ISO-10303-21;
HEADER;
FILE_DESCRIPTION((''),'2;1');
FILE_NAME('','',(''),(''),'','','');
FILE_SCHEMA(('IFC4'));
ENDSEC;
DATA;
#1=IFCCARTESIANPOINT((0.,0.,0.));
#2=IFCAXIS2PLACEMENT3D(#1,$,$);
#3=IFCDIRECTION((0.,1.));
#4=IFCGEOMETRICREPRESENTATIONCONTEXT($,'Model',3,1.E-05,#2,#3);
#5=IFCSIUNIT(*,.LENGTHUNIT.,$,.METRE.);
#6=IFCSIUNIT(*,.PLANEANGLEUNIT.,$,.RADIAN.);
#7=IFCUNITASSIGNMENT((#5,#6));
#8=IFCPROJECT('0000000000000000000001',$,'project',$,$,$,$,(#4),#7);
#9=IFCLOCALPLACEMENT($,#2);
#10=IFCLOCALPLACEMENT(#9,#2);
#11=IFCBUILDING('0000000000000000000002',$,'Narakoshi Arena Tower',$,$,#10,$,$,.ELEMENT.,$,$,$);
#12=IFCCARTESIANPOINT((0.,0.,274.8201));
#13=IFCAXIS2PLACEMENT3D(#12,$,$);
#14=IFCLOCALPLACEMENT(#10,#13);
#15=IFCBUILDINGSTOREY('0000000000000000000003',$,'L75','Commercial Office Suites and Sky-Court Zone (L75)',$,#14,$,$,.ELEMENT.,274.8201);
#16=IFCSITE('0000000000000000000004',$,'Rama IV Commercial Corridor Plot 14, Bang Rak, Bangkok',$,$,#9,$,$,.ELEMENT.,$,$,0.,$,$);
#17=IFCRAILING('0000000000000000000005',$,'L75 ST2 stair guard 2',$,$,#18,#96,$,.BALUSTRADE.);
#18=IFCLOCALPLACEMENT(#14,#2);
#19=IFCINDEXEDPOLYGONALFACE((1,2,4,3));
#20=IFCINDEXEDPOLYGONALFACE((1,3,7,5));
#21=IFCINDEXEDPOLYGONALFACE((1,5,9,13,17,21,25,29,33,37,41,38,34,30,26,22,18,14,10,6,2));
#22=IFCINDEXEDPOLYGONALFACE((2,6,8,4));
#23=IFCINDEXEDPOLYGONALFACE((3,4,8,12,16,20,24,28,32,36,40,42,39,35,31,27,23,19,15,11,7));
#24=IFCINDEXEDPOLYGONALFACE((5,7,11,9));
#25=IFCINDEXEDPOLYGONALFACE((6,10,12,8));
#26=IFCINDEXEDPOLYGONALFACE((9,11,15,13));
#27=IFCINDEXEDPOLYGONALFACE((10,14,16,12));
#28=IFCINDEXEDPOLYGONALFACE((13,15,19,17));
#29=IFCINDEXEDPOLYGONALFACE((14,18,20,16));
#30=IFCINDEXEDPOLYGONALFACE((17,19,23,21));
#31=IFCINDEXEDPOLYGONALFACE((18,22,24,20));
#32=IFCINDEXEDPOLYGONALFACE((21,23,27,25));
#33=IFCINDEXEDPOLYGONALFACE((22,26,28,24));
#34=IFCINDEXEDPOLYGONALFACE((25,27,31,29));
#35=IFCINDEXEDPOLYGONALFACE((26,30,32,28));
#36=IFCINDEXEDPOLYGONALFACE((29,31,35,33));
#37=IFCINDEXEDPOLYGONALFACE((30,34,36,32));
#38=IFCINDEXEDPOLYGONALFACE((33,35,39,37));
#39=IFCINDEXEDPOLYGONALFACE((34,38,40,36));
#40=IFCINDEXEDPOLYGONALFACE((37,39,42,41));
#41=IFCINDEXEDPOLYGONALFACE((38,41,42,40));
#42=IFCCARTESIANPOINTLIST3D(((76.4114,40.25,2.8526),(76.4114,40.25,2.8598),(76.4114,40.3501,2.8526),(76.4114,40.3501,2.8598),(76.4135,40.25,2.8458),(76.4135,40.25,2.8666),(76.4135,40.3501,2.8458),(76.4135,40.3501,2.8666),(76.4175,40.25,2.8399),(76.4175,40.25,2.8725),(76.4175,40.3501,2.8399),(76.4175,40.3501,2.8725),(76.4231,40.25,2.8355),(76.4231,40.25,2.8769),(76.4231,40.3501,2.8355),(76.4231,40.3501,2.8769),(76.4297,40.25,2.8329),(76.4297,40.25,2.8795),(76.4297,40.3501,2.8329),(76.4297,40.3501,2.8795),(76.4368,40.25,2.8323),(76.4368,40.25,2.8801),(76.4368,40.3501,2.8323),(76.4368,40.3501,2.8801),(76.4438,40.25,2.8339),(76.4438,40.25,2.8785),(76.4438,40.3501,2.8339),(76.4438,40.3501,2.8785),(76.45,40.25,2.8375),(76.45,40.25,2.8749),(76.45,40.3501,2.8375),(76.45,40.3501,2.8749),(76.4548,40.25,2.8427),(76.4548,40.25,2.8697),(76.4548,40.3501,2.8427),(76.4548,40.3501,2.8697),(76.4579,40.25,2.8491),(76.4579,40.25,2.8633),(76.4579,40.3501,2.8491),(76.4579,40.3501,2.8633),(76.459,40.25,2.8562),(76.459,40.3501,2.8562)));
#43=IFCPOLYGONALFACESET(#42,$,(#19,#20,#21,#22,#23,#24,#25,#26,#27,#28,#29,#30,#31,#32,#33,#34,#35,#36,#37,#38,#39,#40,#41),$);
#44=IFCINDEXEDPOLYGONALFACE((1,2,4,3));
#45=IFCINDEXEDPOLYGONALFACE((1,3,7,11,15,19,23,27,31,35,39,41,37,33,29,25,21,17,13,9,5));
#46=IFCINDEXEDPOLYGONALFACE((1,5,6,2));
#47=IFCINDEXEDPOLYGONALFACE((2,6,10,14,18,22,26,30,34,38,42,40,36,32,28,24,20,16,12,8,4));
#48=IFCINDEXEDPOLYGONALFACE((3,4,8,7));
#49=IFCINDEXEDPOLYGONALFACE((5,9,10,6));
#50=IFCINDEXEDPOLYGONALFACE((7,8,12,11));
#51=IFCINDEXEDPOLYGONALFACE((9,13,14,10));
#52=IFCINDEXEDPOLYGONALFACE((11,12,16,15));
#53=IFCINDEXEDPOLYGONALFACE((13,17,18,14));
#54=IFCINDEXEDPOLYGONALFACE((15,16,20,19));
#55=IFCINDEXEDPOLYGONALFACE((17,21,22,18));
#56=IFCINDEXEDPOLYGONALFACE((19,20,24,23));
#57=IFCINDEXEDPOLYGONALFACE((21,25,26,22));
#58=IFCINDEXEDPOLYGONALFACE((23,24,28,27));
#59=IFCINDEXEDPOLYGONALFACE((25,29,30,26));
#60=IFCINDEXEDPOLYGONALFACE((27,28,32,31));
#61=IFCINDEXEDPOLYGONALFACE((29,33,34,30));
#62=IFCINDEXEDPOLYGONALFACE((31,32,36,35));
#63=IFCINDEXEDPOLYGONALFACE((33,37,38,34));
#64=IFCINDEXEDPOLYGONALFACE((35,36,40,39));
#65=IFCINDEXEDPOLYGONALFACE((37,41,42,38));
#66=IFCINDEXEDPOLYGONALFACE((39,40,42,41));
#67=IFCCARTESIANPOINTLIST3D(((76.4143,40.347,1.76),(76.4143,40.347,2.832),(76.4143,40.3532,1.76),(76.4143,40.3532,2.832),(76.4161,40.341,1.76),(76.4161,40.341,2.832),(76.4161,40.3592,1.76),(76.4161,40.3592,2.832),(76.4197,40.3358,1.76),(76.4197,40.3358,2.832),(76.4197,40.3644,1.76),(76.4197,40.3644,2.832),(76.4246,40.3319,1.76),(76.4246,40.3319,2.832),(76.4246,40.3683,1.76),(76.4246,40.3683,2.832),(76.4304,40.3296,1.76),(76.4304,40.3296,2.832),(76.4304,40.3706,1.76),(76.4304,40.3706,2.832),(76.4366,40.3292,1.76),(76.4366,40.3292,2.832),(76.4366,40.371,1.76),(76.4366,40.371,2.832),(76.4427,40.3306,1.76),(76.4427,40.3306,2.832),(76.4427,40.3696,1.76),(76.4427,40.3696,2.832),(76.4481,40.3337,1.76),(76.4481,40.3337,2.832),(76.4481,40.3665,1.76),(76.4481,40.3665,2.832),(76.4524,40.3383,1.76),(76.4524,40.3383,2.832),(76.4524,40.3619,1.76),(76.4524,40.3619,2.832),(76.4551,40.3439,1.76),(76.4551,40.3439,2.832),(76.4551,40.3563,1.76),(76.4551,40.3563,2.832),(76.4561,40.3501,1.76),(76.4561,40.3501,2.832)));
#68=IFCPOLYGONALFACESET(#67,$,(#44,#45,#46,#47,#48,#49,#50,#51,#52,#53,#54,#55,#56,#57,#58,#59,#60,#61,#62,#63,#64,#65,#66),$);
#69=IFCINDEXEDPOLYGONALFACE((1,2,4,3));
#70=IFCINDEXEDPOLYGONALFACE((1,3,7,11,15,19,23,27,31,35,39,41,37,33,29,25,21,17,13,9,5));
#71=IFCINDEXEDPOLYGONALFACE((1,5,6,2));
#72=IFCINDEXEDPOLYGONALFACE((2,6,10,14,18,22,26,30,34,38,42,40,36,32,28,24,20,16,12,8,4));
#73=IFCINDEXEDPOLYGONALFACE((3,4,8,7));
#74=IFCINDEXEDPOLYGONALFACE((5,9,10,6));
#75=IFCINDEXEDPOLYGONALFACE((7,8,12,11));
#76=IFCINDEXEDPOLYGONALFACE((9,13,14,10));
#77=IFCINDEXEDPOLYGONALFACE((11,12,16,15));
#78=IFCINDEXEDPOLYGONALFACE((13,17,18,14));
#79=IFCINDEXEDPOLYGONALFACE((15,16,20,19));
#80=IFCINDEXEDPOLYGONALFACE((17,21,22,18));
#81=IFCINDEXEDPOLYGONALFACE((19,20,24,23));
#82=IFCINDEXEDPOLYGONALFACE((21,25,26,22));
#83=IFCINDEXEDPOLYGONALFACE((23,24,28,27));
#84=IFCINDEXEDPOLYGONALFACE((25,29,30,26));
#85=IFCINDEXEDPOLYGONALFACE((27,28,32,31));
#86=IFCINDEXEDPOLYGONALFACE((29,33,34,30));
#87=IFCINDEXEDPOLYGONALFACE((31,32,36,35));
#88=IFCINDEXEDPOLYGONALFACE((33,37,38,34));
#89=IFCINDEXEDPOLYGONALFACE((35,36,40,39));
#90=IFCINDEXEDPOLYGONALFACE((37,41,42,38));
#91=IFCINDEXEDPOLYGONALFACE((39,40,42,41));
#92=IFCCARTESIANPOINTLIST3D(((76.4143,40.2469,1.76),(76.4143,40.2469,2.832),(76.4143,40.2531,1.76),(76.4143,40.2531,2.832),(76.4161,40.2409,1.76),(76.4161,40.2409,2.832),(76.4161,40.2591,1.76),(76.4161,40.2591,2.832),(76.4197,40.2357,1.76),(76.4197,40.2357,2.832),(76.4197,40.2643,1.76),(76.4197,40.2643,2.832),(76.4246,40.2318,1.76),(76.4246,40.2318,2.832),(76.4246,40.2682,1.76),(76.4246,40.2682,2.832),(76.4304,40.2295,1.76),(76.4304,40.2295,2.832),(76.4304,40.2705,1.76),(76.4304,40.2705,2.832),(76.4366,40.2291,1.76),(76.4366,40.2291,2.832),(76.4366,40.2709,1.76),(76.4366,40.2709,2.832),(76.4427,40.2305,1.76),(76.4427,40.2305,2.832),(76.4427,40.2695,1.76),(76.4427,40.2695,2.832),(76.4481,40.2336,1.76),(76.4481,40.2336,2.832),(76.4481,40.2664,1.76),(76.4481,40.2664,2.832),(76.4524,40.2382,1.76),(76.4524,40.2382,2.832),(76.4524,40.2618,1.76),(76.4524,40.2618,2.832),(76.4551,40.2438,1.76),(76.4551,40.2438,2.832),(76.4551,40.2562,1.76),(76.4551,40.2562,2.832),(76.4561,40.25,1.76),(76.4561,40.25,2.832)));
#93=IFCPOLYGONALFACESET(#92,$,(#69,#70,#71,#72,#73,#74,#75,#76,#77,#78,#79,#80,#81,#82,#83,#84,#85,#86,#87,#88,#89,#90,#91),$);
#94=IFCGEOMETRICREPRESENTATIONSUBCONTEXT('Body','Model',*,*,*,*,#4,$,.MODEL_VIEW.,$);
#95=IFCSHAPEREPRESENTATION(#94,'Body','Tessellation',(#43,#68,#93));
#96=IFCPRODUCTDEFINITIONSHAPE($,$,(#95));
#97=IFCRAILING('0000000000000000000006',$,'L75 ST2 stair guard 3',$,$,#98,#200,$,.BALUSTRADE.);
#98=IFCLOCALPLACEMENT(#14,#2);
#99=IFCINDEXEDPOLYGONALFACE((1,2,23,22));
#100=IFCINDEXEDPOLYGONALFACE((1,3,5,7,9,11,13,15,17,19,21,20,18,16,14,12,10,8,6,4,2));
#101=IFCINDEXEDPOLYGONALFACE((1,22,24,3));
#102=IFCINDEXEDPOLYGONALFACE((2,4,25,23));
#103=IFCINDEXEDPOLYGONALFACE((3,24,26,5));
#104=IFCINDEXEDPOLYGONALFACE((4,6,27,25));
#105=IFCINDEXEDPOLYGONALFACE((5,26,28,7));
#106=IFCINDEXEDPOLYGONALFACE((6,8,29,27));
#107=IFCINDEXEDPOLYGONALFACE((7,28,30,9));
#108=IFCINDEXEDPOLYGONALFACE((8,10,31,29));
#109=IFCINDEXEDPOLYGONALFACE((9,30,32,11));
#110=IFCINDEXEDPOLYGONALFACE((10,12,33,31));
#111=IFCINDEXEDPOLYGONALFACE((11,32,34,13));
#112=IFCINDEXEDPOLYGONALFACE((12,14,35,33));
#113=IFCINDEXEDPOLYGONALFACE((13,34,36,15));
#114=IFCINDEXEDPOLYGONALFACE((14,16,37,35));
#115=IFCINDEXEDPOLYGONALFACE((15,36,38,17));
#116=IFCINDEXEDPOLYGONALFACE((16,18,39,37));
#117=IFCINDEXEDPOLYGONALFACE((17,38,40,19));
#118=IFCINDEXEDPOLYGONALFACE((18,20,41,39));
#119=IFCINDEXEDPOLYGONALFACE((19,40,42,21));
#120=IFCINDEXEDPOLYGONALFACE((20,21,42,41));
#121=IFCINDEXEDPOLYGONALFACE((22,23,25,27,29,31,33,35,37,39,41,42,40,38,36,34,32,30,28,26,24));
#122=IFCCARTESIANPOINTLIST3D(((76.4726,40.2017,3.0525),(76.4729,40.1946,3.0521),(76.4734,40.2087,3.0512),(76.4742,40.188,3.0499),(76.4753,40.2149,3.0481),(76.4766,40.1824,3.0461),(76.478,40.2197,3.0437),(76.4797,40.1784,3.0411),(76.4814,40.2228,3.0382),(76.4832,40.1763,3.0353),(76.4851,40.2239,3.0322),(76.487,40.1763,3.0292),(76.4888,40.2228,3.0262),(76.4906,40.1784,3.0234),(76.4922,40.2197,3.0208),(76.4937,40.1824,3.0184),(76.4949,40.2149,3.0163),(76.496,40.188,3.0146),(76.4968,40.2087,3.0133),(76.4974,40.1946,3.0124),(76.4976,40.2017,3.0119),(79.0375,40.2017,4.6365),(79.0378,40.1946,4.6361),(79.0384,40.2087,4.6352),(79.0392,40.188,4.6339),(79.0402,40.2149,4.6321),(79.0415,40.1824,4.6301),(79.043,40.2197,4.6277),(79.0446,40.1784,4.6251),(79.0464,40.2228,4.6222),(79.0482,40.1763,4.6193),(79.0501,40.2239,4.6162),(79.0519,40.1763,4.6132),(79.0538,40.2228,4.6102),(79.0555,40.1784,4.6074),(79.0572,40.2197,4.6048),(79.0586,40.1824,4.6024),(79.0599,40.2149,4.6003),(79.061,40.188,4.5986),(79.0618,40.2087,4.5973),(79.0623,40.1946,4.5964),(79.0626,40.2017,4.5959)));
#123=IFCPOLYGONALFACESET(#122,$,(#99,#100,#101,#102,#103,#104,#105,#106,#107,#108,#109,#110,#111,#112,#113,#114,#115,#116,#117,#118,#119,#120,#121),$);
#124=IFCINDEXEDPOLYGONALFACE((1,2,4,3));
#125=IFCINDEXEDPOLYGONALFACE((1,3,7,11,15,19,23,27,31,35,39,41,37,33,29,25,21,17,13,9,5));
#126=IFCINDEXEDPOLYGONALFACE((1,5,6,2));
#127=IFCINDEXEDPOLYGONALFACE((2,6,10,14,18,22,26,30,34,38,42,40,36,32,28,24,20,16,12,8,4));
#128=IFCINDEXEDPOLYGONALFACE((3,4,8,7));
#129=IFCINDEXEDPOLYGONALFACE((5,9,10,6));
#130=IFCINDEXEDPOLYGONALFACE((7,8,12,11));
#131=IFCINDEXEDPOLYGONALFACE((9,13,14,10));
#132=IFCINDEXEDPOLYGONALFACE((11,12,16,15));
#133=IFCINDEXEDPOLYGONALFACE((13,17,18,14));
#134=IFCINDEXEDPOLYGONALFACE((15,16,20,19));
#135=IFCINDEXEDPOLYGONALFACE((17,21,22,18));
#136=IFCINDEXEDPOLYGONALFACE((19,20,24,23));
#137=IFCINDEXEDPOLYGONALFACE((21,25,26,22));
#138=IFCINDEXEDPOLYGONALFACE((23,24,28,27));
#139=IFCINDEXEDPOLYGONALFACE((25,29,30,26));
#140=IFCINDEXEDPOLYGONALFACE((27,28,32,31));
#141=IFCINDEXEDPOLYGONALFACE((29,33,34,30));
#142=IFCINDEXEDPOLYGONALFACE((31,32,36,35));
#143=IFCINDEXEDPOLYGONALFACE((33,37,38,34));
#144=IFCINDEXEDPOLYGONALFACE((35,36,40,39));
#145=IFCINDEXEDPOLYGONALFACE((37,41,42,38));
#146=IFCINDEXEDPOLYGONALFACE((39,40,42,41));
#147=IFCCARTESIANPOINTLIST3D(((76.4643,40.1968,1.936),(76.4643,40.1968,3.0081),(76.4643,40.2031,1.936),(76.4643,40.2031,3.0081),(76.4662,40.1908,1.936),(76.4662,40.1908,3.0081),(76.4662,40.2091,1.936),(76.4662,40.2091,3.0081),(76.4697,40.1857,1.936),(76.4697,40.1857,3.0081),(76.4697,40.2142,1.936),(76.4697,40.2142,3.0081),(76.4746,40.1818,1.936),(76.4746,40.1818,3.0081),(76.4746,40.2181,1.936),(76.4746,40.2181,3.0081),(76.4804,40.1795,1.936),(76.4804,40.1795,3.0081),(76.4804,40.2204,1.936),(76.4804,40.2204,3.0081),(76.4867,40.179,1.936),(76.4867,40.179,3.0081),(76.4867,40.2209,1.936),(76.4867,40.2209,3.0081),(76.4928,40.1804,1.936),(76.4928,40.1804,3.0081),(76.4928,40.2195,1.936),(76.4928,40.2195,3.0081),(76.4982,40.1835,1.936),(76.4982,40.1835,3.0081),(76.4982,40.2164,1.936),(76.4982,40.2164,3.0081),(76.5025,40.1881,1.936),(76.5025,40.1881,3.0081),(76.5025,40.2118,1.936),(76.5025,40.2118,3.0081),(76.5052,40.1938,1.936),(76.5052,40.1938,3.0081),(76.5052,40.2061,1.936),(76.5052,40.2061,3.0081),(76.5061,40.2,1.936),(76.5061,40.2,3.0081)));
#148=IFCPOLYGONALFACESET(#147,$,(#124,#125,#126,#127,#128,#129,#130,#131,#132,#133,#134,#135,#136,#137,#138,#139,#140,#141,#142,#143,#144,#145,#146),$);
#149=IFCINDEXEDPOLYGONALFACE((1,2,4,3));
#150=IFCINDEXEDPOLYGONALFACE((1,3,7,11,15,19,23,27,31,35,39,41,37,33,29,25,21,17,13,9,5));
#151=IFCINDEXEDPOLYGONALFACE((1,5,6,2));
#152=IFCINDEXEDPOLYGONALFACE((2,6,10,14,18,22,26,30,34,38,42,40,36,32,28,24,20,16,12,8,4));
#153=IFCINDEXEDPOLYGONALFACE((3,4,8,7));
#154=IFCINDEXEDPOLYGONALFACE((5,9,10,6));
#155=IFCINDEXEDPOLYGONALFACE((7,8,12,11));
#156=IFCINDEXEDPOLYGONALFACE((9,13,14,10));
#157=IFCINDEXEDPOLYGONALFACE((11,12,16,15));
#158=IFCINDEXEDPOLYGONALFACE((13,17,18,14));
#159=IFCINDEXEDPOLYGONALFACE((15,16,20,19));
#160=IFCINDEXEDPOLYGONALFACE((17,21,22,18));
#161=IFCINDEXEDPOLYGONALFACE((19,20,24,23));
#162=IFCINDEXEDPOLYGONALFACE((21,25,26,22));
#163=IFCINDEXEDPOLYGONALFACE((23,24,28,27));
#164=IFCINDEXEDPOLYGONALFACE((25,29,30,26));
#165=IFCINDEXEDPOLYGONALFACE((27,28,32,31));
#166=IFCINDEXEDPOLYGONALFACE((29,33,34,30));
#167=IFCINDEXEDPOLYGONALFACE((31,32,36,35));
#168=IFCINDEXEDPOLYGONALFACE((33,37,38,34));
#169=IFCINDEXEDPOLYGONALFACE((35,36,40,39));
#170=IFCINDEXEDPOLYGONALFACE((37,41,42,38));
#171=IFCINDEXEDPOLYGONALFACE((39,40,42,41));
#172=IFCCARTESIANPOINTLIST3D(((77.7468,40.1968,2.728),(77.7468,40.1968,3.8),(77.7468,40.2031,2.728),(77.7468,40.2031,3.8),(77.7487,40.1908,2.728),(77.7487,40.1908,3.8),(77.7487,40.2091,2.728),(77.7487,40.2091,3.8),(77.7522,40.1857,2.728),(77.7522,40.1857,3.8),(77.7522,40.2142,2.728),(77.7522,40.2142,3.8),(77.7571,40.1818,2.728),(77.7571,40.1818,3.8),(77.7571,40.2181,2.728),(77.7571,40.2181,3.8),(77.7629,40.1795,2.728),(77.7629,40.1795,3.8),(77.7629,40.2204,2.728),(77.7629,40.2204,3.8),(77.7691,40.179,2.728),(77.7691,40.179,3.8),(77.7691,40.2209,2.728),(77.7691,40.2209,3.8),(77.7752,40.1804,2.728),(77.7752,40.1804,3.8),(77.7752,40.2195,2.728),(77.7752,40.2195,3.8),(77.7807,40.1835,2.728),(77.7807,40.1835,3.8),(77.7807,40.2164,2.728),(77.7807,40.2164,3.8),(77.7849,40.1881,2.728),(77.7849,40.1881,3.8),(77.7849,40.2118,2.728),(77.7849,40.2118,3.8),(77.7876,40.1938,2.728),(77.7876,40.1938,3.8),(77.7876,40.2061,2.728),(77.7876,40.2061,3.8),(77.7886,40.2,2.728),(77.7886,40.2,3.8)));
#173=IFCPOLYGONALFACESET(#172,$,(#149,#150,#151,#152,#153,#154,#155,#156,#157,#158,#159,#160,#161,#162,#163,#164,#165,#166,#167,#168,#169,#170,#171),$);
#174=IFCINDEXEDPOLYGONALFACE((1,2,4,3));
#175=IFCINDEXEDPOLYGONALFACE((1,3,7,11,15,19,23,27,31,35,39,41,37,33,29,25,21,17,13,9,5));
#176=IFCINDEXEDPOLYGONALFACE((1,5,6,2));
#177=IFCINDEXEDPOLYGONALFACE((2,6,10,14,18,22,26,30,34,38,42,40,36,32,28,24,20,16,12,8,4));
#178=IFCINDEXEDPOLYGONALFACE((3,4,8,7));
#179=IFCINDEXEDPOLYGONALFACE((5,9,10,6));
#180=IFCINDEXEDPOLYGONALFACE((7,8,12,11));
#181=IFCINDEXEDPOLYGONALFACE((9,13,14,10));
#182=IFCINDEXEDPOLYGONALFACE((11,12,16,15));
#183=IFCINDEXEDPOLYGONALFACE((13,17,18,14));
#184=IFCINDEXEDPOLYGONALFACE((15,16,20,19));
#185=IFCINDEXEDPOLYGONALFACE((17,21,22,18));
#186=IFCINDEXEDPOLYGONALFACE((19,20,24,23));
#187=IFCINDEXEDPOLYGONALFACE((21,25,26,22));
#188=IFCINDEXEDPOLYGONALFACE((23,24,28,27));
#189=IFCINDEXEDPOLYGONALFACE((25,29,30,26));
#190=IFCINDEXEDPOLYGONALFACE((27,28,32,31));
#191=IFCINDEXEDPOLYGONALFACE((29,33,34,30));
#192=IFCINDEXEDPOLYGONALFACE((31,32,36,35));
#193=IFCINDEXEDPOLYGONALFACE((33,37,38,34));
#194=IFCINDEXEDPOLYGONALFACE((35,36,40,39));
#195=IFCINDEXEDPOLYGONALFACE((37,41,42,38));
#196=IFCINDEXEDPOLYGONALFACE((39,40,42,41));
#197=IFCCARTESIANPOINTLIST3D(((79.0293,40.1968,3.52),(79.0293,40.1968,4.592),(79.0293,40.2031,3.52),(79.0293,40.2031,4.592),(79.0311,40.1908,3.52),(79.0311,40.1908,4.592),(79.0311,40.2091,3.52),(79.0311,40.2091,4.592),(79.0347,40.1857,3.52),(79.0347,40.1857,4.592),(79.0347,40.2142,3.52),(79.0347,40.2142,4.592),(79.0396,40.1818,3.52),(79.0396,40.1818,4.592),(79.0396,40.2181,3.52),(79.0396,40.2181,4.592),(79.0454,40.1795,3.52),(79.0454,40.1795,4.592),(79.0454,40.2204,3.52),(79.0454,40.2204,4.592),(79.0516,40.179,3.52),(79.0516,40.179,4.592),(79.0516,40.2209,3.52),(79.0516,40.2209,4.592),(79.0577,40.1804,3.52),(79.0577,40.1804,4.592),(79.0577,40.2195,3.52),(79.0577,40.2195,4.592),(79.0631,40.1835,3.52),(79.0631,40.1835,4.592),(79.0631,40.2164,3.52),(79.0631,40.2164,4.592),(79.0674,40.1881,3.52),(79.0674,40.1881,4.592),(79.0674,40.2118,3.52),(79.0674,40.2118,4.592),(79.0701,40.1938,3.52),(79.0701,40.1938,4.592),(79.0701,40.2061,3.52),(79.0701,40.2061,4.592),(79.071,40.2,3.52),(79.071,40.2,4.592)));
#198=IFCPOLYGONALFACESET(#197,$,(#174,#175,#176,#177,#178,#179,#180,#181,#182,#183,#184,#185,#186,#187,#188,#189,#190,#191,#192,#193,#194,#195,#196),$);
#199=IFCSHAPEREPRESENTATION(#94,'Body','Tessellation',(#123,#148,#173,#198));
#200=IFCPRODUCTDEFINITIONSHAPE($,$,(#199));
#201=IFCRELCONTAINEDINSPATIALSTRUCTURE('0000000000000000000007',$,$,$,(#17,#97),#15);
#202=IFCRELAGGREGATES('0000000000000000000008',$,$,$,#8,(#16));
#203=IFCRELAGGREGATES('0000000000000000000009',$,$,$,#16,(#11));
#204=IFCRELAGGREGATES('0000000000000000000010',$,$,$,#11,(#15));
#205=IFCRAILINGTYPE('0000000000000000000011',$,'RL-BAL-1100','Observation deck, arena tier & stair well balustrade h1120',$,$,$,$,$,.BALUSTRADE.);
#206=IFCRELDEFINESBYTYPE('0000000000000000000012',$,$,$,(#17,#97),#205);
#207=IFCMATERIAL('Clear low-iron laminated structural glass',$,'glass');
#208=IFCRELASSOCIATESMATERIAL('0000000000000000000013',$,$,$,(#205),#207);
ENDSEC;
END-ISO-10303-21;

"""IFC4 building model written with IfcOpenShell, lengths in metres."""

from ifc_helpers import new_model, si_unit, direction, frame, origin, origin_2d, place, context, subcontext, project, spatial, circle, extrude, material, type_object, element, save


model = new_model("IFC4")

# Units and contexts
model_context = context("Model", 3, precision=1e-05, world=origin(), true_north=direction((0.0, 1.0)))
body_context = subcontext(model_context, "Body", "Model", "MODEL_VIEW")
ifc_project = project(units=[si_unit("LENGTHUNIT", "METRE"), si_unit("PLANEANGLEUNIT", "RADIAN")], contexts=[model_context])

# Site, building, storey
site_placement = place(None, origin())
site = spatial("IfcSite", under=ifc_project, at=site_placement, Name="Rama IV Commercial Corridor Plot 14, Bang Rak, Bangkok", CompositionType="ELEMENT", RefElevation=0.0)
building_placement = place(site_placement, origin())
building = spatial("IfcBuilding", under=site, at=building_placement, Name="Narakoshi Arena Tower", CompositionType="ELEMENT")
storey_placement = place(building_placement, frame((0.0, 0.0, 274.8201)))
storey = spatial("IfcBuildingStorey", under=building, at=storey_placement, Name="L75", Description="Commercial Office Suites and Sky-Court Zone (L75)", CompositionType="ELEMENT", Elevation=274.8201)

# Railings
ifc_material_1 = material(Name="Clear low-iron laminated structural glass", Category="glass")
railing_type_1 = type_object("IfcRailingType", Name="RL-BAL-1100", Description="Observation deck, arena tier & stair well balustrade h1120", PredefinedType="BALUSTRADE", material=ifc_material_1)
railing_1_placement = place(storey_placement, frame((76.4351, 40.3501, 1.76)))
element("IfcRailing", 1, at=railing_1_placement, inside=storey, type_object=railing_type_1, Name="L75 ST2 stair guard 2", PredefinedType="BALUSTRADE", context=body_context, shape_type="SweptSolid", body=[
    extrude(circle(Radius=0.0239, at=origin_2d()), frame((0.0, 0.0, 1.0962), z_axis=(0.0, -1.0, 0.0), x_axis=(1.0, 0.0, 0.0)), (0.0, 0.0, 1.0), 0.1001),
    extrude(circle(Radius=0.021, at=origin_2d()), origin(), (0.0, 0.0, 1.0), 1.072),
    extrude(circle(Radius=0.021, at=origin_2d()), frame((0.0, -0.1001, 0.0)), (0.0, 0.0, 1.0), 1.072),
])
railing_2_placement = place(storey_placement, frame((76.4851, 40.2, 1.936)))
element("IfcRailing", 2, at=railing_2_placement, inside=storey, type_object=railing_type_1, Name="L75 ST2 stair guard 3", PredefinedType="BALUSTRADE", context=body_context, shape_type="SweptSolid", body=[
    extrude(circle(Radius=0.0239, at=origin_2d()), frame((0.0, 0.0, 1.0962), z_axis=(0.850834, 0.0, 0.525434), x_axis=(0.0, 1.0, 0.0)), (0.0, 0.0, 1.0), 3.0146),
    extrude(circle(Radius=0.021, at=origin_2d()), origin(), (0.0, 0.0, 1.0), 1.072),
    extrude(circle(Radius=0.021, at=origin_2d()), frame((1.2825, 0.0, 0.792)), (0.0, 0.0, 1.0), 1.072),
    extrude(circle(Radius=0.021, at=origin_2d()), frame((2.5649, 0.0, 1.584)), (0.0, 0.0, 1.0), 1.072),
])

save(model, "model.ifc")
